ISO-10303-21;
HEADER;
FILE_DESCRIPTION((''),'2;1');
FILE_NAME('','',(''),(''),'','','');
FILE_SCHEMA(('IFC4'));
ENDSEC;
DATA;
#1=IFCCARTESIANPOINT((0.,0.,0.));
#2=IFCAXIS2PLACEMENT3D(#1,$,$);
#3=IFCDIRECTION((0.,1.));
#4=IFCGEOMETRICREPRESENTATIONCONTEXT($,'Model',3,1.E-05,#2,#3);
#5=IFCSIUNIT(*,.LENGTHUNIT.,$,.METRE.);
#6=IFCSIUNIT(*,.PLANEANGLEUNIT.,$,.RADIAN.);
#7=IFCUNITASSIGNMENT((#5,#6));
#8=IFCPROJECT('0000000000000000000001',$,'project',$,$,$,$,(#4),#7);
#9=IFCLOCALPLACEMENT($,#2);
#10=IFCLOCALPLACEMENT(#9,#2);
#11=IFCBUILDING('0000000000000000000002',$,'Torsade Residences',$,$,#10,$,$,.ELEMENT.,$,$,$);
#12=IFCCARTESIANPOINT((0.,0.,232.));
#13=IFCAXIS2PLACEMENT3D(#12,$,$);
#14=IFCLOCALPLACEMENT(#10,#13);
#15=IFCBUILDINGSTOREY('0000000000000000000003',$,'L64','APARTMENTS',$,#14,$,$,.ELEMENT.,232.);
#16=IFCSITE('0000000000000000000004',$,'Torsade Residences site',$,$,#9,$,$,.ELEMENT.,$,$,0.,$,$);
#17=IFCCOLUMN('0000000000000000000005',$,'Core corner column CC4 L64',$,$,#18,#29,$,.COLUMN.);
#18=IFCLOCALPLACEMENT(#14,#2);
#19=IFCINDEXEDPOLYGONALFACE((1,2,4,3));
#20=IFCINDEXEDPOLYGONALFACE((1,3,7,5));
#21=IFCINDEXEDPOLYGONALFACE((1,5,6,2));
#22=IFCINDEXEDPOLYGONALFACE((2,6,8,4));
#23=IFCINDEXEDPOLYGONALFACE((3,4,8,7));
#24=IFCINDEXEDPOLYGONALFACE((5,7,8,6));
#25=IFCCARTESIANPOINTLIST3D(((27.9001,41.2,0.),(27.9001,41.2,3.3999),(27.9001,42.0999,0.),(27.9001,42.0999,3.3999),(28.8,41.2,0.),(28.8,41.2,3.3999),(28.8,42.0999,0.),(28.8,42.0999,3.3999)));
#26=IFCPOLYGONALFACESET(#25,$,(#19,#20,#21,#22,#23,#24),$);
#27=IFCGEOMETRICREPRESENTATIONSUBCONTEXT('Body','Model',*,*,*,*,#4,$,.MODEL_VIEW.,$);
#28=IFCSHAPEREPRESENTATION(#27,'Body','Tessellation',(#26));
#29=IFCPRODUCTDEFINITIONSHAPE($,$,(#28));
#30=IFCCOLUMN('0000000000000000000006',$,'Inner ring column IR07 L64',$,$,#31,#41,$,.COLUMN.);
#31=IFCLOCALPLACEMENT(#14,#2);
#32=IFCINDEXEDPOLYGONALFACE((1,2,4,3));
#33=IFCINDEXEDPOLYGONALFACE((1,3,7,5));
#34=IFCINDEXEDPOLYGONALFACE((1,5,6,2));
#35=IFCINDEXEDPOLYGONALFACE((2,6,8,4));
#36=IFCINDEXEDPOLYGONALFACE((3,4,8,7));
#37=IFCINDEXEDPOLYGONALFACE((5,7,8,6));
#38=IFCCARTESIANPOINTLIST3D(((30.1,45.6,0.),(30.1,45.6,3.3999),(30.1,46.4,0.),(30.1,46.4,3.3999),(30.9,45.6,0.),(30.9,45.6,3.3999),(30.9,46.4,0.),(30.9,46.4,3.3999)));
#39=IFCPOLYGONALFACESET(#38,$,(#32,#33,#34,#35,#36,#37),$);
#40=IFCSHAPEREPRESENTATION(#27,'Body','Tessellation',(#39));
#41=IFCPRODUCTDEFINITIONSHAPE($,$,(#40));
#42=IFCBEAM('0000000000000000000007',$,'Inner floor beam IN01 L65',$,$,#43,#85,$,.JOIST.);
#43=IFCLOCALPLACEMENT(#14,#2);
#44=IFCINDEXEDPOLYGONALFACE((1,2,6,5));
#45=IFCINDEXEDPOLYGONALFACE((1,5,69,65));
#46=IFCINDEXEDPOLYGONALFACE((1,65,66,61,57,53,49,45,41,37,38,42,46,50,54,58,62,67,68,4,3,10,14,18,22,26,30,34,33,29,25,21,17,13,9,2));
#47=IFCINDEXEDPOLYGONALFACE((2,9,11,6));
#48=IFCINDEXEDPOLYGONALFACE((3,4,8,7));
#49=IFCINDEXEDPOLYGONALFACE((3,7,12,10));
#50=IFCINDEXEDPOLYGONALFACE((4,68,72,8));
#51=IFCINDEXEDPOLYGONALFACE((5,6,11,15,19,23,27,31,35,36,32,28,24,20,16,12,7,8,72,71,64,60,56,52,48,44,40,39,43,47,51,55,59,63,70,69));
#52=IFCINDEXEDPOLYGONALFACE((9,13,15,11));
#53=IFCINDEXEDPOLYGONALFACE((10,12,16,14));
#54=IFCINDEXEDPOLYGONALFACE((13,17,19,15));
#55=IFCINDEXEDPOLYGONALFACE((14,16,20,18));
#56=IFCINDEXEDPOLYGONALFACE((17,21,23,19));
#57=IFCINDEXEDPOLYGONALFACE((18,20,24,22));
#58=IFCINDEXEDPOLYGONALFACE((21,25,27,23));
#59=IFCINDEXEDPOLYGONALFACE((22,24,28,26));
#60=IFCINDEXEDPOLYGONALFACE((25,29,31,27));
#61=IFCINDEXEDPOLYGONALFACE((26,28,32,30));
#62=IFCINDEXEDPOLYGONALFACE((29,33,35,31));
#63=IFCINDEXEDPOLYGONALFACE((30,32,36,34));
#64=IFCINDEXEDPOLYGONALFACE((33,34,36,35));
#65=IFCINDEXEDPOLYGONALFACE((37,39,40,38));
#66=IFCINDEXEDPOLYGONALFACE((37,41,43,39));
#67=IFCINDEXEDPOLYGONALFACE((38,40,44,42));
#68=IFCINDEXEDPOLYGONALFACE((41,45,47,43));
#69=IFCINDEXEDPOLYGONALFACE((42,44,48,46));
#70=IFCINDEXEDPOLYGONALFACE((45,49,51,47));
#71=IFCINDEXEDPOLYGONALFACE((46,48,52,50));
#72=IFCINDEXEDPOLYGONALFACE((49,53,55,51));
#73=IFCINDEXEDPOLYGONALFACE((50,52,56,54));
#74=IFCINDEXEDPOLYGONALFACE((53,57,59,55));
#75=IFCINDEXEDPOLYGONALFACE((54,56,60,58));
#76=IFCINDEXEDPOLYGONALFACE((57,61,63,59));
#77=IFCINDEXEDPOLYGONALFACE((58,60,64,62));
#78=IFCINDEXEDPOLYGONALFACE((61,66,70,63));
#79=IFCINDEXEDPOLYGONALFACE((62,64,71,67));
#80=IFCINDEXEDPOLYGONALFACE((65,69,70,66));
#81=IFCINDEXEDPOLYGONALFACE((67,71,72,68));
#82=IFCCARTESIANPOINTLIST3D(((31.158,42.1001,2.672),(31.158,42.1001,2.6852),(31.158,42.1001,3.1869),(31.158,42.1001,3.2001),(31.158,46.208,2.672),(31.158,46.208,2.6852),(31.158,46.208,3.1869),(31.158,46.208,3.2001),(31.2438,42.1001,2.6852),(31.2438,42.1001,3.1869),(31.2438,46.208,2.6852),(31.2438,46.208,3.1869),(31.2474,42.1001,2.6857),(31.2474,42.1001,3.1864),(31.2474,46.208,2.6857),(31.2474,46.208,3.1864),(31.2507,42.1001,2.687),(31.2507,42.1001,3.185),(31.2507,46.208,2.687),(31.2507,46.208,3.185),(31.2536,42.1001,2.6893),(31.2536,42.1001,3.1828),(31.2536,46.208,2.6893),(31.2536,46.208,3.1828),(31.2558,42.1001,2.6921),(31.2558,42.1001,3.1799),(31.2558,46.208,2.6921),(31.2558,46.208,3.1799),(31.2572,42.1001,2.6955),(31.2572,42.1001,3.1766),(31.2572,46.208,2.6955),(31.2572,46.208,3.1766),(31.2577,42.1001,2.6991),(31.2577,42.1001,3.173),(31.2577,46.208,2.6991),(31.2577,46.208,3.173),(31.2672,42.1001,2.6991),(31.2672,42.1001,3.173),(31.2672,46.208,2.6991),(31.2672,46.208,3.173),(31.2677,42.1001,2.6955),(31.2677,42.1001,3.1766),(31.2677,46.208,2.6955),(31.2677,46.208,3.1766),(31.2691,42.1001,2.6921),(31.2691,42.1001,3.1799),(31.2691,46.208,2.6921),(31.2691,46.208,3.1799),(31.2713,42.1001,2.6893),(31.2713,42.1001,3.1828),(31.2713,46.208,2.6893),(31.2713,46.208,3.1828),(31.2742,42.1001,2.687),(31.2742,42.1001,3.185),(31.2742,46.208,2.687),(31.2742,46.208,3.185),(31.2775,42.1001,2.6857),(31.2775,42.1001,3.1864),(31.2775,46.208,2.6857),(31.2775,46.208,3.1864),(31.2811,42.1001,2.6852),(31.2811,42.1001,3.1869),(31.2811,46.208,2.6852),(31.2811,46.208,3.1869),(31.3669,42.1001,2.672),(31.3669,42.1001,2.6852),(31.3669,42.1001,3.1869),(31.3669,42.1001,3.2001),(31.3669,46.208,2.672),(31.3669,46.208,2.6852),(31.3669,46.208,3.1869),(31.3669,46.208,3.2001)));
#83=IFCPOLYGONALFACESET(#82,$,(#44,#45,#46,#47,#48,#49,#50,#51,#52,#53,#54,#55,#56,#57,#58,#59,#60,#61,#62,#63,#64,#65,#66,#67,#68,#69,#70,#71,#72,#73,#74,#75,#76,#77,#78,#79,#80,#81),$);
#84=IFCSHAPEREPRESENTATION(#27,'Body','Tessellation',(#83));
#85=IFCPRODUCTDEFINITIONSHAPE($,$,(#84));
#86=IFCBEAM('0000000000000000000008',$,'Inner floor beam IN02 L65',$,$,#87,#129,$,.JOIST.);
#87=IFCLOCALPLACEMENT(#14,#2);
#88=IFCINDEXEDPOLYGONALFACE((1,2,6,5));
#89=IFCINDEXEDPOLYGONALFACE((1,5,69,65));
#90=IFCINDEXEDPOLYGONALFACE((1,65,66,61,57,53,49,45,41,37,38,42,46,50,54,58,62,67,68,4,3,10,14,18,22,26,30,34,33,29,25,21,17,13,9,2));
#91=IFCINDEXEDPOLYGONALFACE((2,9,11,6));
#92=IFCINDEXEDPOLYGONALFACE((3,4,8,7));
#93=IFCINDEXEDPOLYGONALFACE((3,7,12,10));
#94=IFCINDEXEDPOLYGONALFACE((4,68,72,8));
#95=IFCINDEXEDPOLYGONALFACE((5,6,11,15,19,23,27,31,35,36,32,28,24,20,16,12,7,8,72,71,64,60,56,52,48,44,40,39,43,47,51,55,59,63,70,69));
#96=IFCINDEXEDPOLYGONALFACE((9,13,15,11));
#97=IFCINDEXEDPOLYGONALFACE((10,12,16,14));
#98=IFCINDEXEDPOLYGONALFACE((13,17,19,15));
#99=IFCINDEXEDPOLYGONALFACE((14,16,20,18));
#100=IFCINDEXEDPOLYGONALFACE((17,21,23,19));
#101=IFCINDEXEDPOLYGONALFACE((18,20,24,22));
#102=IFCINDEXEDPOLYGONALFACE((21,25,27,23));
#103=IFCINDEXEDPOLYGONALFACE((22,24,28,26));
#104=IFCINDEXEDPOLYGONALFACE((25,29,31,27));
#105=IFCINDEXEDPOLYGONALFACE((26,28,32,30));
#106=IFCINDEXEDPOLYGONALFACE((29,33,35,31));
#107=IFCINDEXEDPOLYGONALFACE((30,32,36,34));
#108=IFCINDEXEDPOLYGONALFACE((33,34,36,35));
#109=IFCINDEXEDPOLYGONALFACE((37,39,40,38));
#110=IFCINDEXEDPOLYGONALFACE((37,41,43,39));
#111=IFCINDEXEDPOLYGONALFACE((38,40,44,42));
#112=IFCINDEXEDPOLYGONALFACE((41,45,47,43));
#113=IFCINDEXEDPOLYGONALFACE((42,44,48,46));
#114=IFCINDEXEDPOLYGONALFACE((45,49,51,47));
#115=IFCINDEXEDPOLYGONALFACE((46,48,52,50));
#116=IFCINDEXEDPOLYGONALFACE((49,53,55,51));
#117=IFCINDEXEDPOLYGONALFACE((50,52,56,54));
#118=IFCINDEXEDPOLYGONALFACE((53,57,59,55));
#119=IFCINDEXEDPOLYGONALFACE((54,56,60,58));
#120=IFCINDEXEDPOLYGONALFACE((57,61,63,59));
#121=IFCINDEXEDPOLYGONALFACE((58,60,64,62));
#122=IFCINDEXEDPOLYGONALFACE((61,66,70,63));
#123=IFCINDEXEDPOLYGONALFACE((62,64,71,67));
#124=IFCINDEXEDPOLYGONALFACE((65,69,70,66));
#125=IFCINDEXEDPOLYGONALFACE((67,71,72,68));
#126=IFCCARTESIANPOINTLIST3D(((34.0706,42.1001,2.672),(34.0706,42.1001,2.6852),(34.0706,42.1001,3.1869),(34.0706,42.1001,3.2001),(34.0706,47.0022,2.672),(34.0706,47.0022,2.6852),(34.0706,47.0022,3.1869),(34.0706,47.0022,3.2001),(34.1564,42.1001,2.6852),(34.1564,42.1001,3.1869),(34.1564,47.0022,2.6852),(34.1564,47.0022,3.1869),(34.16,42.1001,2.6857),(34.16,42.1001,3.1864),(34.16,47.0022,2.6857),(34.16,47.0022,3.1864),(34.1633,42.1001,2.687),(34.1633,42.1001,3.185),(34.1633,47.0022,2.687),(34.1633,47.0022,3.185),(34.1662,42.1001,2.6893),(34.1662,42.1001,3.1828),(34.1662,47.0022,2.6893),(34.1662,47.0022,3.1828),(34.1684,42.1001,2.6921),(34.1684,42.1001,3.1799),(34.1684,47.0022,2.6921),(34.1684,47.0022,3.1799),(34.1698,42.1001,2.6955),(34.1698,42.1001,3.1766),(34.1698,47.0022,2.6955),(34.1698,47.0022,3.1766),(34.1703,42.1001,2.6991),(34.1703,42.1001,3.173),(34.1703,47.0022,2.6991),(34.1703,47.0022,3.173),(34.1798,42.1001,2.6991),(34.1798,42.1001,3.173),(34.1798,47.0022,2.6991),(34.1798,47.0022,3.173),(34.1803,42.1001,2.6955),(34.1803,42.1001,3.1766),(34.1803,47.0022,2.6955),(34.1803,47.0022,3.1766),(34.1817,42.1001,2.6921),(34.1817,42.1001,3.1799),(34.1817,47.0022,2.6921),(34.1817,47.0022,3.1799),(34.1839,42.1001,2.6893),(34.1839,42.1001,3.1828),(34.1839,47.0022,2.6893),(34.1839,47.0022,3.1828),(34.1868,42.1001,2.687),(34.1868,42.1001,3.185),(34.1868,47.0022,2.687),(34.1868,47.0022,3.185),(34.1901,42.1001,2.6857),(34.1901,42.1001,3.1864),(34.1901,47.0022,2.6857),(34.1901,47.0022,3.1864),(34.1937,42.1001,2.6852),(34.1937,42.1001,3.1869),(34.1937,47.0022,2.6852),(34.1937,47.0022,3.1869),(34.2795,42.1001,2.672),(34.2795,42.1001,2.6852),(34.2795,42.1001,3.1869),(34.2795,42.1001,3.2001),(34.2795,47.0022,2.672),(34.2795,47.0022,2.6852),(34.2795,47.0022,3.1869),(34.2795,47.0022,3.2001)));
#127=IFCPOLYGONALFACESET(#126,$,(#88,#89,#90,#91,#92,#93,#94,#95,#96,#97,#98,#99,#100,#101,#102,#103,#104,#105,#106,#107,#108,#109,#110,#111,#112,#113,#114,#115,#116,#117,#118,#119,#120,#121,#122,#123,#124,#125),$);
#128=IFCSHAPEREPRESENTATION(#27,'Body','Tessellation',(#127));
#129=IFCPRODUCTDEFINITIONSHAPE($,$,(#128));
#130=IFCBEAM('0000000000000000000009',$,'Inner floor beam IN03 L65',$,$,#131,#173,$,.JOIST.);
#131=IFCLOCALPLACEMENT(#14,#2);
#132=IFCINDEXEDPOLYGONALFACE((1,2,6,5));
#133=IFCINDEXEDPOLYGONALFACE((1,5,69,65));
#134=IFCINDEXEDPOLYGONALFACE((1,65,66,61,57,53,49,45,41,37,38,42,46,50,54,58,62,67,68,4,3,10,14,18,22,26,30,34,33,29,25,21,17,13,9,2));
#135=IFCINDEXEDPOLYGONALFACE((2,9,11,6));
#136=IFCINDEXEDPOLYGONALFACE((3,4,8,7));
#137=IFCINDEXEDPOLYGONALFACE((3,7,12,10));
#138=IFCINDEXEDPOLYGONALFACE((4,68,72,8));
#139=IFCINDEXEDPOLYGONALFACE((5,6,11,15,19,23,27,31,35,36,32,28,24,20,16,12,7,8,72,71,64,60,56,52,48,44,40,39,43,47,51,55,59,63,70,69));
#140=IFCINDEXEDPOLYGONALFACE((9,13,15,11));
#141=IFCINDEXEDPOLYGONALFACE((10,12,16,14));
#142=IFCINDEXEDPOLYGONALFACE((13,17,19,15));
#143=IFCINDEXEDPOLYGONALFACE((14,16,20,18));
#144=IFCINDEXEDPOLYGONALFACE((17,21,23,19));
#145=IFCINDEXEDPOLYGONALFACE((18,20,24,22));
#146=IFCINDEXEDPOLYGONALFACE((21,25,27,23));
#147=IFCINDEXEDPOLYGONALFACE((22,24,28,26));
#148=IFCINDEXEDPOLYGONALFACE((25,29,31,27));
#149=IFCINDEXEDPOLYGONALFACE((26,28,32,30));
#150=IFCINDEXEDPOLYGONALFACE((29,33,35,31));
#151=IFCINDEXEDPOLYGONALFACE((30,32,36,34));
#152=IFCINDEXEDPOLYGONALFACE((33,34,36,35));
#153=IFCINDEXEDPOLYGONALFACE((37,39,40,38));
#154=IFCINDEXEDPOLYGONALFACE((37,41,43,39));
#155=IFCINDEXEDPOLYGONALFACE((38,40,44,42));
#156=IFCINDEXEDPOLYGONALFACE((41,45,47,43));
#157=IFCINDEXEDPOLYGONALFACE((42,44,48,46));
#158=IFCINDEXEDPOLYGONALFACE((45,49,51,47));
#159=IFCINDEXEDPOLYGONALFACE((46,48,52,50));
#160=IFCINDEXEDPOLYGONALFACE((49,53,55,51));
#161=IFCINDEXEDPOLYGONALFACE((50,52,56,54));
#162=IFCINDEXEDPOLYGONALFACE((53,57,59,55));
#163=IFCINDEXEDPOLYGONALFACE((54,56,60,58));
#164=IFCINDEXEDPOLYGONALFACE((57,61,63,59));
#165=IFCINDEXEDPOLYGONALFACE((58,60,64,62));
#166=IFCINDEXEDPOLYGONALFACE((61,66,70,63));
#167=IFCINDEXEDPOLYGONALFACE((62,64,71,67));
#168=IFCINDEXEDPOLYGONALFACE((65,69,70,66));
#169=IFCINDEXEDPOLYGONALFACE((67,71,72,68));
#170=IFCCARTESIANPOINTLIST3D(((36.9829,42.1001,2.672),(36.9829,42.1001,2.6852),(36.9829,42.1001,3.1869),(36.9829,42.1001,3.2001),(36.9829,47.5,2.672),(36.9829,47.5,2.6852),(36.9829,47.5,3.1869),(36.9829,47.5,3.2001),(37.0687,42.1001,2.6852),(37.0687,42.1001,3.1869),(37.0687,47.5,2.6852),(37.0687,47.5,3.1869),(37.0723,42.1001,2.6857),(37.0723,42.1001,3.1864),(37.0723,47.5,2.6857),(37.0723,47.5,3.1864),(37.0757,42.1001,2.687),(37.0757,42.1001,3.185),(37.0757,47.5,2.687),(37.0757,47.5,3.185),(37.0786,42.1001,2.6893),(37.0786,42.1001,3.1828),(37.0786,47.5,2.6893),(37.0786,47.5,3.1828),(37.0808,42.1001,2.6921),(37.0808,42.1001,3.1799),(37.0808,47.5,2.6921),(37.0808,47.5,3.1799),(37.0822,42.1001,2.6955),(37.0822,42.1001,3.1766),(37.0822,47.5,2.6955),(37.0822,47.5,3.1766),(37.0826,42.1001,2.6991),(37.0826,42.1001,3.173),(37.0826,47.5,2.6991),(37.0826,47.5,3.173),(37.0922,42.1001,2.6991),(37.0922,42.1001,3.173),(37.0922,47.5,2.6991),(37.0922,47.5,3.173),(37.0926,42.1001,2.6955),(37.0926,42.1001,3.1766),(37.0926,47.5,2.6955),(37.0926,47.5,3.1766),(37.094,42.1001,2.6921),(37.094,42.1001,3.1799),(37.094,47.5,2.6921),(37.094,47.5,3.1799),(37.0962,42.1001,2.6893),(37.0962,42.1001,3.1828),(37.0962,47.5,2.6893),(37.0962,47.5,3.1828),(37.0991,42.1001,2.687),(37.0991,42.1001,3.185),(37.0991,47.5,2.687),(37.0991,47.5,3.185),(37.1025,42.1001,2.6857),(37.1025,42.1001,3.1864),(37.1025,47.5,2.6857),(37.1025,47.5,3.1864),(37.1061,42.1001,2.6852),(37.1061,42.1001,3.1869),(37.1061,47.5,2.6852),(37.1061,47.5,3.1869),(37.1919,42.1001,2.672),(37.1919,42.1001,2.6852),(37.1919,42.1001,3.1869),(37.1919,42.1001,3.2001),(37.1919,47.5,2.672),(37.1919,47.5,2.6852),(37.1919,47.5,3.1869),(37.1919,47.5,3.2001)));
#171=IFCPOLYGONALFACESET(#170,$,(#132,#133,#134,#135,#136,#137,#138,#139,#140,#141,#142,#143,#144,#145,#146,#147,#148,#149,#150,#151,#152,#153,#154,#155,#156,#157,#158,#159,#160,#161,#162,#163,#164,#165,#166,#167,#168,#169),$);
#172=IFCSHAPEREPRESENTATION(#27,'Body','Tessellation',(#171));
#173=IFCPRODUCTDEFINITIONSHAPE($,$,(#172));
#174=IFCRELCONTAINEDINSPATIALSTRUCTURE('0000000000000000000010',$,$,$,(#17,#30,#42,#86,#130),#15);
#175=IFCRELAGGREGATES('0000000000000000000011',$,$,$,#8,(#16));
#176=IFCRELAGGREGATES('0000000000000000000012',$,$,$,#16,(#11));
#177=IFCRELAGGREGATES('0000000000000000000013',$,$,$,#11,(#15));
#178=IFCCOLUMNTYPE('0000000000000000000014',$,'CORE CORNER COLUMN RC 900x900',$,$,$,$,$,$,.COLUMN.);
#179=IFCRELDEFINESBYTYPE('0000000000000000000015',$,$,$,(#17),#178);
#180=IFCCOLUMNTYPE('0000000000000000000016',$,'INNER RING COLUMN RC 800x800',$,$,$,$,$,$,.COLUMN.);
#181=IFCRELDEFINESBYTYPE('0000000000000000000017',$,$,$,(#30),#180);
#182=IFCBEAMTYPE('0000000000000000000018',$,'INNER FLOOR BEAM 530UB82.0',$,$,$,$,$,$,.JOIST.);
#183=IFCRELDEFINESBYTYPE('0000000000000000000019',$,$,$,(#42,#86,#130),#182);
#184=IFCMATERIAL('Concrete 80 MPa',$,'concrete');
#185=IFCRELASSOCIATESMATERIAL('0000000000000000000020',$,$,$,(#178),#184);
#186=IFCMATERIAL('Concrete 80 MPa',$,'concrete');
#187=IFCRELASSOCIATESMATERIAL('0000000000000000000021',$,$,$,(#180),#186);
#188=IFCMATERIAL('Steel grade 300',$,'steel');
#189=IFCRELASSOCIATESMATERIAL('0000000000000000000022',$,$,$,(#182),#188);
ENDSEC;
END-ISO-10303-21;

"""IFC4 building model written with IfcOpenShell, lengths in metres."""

from ifc_helpers import new_model, si_unit, direction, frame, origin, origin_2d, place, context, subcontext, project, spatial, rectangle, i_section, extrude, material, material_profile, profile_set, type_object, element, save


model = new_model("IFC4")

# Units and contexts
model_context = context("Model", 3, precision=1e-05, world=origin(), true_north=direction((0.0, 1.0)))
body_context = subcontext(model_context, "Body", "Model", "MODEL_VIEW")
ifc_project = project(units=[si_unit("LENGTHUNIT", "METRE"), si_unit("PLANEANGLEUNIT", "RADIAN")], contexts=[model_context])

# Site, building, storey
site_placement = place(None, origin())
site = spatial("IfcSite", under=ifc_project, at=site_placement, Name="Torsade Residences site", CompositionType="ELEMENT", RefElevation=0.0)
building_placement = place(site_placement, origin())
building = spatial("IfcBuilding", under=site, at=building_placement, Name="Torsade Residences", CompositionType="ELEMENT")
storey_placement = place(building_placement, frame((0.0, 0.0, 232.0)))
storey = spatial("IfcBuildingStorey", under=building, at=storey_placement, Name="L64", Description="APARTMENTS", CompositionType="ELEMENT", Elevation=232.0)

# Columns
ifc_material_1 = material(Name="Concrete 80 MPa", Category="concrete")
ifc_material_profile_1 = material_profile(ifc_material_1, rectangle(XDim=0.8999, YDim=0.8999, at=origin_2d()), Name="RC 900x900")
ifc_profile_set_1 = profile_set([ifc_material_profile_1], Name="Concrete 80 MPa")
column_type_1 = type_object("IfcColumnType", Name="CORE CORNER COLUMN RC 900x900", PredefinedType="COLUMN", material=ifc_profile_set_1)
column_1_placement = place(storey_placement, frame((28.3501, 41.6499, 0.0), z_axis=(0.0, 0.0, 1.0), x_axis=(1.0, 0.0, 0.0)))
element("IfcColumn", 1, at=column_1_placement, inside=storey, type_object=column_type_1, Name="Core corner column CC4 L64", PredefinedType="COLUMN", context=body_context, shape_type="SweptSolid", body=[
    extrude(rectangle(XDim=0.8999, YDim=0.8999, at=origin_2d()), origin(), (0.0, 0.0, 1.0), 3.3999),
])
ifc_material_2 = material(Name="Concrete 80 MPa", Category="concrete")
ifc_material_profile_2 = material_profile(ifc_material_2, rectangle(XDim=0.8, YDim=0.8, at=origin_2d()), Name="RC 800x800")
ifc_profile_set_2 = profile_set([ifc_material_profile_2], Name="Concrete 80 MPa")
column_type_2 = type_object("IfcColumnType", Name="INNER RING COLUMN RC 800x800", PredefinedType="COLUMN", material=ifc_profile_set_2)
column_2_placement = place(storey_placement, frame((30.5, 46.0, 0.0), z_axis=(0.0, 0.0, 1.0), x_axis=(1.0, 0.0, 0.0)))
element("IfcColumn", 2, at=column_2_placement, inside=storey, type_object=column_type_2, Name="Inner ring column IR07 L64", PredefinedType="COLUMN", context=body_context, shape_type="SweptSolid", body=[
    extrude(rectangle(XDim=0.8, YDim=0.8, at=origin_2d()), origin(), (0.0, 0.0, 1.0), 3.3999),
])

# Beams
ifc_material_3 = material(Name="Steel grade 300", Category="steel")
ifc_material_profile_3 = material_profile(ifc_material_3, i_section(OverallWidth=0.209, OverallDepth=0.5281, WebThickness=0.0095, FlangeThickness=0.0132, FilletRadius=0.0139, at=origin_2d()), Name="530UB82.0")
ifc_profile_set_3 = profile_set([ifc_material_profile_3], Name="Steel grade 300")
beam_type = type_object("IfcBeamType", Name="INNER FLOOR BEAM 530UB82.0", PredefinedType="JOIST", material=ifc_profile_set_3)
beam_1_placement = place(storey_placement, frame((31.2625, 42.1001, 2.936), z_axis=(0.0, 1.0, 0.0), x_axis=(-1.0, 0.0, 0.0)))
element("IfcBeam", 3, at=beam_1_placement, inside=storey, type_object=beam_type, Name="Inner floor beam IN01 L65", PredefinedType="JOIST", context=body_context, shape_type="SweptSolid", body=[
    extrude(i_section(OverallWidth=0.209, OverallDepth=0.5281, WebThickness=0.0095, FlangeThickness=0.0132, FilletRadius=0.0139, at=origin_2d()), origin(), (0.0, 0.0, 1.0), 4.1079),
])
beam_2_placement = place(storey_placement, frame((34.175, 42.1001, 2.936), z_axis=(0.0, 1.0, 0.0), x_axis=(-1.0, 0.0, 0.0)))
element("IfcBeam", 4, at=beam_2_placement, inside=storey, type_object=beam_type, Name="Inner floor beam IN02 L65", PredefinedType="JOIST", context=body_context, shape_type="SweptSolid", body=[
    extrude(i_section(OverallWidth=0.209, OverallDepth=0.5281, WebThickness=0.0095, FlangeThickness=0.0132, FilletRadius=0.0139, at=origin_2d()), origin(), (0.0, 0.0, 1.0), 4.9021),
])
beam_3_placement = place(storey_placement, frame((37.0874, 42.1001, 2.936), z_axis=(0.0, 1.0, 0.0), x_axis=(-1.0, 0.0, 0.0)))
element("IfcBeam", 5, at=beam_3_placement, inside=storey, type_object=beam_type, Name="Inner floor beam IN03 L65", PredefinedType="JOIST", context=body_context, shape_type="SweptSolid", body=[
    extrude(i_section(OverallWidth=0.209, OverallDepth=0.5281, WebThickness=0.0095, FlangeThickness=0.0132, FilletRadius=0.0139, at=origin_2d()), origin(), (0.0, 0.0, 1.0), 5.3999),
])

save(model, "model.ifc")
